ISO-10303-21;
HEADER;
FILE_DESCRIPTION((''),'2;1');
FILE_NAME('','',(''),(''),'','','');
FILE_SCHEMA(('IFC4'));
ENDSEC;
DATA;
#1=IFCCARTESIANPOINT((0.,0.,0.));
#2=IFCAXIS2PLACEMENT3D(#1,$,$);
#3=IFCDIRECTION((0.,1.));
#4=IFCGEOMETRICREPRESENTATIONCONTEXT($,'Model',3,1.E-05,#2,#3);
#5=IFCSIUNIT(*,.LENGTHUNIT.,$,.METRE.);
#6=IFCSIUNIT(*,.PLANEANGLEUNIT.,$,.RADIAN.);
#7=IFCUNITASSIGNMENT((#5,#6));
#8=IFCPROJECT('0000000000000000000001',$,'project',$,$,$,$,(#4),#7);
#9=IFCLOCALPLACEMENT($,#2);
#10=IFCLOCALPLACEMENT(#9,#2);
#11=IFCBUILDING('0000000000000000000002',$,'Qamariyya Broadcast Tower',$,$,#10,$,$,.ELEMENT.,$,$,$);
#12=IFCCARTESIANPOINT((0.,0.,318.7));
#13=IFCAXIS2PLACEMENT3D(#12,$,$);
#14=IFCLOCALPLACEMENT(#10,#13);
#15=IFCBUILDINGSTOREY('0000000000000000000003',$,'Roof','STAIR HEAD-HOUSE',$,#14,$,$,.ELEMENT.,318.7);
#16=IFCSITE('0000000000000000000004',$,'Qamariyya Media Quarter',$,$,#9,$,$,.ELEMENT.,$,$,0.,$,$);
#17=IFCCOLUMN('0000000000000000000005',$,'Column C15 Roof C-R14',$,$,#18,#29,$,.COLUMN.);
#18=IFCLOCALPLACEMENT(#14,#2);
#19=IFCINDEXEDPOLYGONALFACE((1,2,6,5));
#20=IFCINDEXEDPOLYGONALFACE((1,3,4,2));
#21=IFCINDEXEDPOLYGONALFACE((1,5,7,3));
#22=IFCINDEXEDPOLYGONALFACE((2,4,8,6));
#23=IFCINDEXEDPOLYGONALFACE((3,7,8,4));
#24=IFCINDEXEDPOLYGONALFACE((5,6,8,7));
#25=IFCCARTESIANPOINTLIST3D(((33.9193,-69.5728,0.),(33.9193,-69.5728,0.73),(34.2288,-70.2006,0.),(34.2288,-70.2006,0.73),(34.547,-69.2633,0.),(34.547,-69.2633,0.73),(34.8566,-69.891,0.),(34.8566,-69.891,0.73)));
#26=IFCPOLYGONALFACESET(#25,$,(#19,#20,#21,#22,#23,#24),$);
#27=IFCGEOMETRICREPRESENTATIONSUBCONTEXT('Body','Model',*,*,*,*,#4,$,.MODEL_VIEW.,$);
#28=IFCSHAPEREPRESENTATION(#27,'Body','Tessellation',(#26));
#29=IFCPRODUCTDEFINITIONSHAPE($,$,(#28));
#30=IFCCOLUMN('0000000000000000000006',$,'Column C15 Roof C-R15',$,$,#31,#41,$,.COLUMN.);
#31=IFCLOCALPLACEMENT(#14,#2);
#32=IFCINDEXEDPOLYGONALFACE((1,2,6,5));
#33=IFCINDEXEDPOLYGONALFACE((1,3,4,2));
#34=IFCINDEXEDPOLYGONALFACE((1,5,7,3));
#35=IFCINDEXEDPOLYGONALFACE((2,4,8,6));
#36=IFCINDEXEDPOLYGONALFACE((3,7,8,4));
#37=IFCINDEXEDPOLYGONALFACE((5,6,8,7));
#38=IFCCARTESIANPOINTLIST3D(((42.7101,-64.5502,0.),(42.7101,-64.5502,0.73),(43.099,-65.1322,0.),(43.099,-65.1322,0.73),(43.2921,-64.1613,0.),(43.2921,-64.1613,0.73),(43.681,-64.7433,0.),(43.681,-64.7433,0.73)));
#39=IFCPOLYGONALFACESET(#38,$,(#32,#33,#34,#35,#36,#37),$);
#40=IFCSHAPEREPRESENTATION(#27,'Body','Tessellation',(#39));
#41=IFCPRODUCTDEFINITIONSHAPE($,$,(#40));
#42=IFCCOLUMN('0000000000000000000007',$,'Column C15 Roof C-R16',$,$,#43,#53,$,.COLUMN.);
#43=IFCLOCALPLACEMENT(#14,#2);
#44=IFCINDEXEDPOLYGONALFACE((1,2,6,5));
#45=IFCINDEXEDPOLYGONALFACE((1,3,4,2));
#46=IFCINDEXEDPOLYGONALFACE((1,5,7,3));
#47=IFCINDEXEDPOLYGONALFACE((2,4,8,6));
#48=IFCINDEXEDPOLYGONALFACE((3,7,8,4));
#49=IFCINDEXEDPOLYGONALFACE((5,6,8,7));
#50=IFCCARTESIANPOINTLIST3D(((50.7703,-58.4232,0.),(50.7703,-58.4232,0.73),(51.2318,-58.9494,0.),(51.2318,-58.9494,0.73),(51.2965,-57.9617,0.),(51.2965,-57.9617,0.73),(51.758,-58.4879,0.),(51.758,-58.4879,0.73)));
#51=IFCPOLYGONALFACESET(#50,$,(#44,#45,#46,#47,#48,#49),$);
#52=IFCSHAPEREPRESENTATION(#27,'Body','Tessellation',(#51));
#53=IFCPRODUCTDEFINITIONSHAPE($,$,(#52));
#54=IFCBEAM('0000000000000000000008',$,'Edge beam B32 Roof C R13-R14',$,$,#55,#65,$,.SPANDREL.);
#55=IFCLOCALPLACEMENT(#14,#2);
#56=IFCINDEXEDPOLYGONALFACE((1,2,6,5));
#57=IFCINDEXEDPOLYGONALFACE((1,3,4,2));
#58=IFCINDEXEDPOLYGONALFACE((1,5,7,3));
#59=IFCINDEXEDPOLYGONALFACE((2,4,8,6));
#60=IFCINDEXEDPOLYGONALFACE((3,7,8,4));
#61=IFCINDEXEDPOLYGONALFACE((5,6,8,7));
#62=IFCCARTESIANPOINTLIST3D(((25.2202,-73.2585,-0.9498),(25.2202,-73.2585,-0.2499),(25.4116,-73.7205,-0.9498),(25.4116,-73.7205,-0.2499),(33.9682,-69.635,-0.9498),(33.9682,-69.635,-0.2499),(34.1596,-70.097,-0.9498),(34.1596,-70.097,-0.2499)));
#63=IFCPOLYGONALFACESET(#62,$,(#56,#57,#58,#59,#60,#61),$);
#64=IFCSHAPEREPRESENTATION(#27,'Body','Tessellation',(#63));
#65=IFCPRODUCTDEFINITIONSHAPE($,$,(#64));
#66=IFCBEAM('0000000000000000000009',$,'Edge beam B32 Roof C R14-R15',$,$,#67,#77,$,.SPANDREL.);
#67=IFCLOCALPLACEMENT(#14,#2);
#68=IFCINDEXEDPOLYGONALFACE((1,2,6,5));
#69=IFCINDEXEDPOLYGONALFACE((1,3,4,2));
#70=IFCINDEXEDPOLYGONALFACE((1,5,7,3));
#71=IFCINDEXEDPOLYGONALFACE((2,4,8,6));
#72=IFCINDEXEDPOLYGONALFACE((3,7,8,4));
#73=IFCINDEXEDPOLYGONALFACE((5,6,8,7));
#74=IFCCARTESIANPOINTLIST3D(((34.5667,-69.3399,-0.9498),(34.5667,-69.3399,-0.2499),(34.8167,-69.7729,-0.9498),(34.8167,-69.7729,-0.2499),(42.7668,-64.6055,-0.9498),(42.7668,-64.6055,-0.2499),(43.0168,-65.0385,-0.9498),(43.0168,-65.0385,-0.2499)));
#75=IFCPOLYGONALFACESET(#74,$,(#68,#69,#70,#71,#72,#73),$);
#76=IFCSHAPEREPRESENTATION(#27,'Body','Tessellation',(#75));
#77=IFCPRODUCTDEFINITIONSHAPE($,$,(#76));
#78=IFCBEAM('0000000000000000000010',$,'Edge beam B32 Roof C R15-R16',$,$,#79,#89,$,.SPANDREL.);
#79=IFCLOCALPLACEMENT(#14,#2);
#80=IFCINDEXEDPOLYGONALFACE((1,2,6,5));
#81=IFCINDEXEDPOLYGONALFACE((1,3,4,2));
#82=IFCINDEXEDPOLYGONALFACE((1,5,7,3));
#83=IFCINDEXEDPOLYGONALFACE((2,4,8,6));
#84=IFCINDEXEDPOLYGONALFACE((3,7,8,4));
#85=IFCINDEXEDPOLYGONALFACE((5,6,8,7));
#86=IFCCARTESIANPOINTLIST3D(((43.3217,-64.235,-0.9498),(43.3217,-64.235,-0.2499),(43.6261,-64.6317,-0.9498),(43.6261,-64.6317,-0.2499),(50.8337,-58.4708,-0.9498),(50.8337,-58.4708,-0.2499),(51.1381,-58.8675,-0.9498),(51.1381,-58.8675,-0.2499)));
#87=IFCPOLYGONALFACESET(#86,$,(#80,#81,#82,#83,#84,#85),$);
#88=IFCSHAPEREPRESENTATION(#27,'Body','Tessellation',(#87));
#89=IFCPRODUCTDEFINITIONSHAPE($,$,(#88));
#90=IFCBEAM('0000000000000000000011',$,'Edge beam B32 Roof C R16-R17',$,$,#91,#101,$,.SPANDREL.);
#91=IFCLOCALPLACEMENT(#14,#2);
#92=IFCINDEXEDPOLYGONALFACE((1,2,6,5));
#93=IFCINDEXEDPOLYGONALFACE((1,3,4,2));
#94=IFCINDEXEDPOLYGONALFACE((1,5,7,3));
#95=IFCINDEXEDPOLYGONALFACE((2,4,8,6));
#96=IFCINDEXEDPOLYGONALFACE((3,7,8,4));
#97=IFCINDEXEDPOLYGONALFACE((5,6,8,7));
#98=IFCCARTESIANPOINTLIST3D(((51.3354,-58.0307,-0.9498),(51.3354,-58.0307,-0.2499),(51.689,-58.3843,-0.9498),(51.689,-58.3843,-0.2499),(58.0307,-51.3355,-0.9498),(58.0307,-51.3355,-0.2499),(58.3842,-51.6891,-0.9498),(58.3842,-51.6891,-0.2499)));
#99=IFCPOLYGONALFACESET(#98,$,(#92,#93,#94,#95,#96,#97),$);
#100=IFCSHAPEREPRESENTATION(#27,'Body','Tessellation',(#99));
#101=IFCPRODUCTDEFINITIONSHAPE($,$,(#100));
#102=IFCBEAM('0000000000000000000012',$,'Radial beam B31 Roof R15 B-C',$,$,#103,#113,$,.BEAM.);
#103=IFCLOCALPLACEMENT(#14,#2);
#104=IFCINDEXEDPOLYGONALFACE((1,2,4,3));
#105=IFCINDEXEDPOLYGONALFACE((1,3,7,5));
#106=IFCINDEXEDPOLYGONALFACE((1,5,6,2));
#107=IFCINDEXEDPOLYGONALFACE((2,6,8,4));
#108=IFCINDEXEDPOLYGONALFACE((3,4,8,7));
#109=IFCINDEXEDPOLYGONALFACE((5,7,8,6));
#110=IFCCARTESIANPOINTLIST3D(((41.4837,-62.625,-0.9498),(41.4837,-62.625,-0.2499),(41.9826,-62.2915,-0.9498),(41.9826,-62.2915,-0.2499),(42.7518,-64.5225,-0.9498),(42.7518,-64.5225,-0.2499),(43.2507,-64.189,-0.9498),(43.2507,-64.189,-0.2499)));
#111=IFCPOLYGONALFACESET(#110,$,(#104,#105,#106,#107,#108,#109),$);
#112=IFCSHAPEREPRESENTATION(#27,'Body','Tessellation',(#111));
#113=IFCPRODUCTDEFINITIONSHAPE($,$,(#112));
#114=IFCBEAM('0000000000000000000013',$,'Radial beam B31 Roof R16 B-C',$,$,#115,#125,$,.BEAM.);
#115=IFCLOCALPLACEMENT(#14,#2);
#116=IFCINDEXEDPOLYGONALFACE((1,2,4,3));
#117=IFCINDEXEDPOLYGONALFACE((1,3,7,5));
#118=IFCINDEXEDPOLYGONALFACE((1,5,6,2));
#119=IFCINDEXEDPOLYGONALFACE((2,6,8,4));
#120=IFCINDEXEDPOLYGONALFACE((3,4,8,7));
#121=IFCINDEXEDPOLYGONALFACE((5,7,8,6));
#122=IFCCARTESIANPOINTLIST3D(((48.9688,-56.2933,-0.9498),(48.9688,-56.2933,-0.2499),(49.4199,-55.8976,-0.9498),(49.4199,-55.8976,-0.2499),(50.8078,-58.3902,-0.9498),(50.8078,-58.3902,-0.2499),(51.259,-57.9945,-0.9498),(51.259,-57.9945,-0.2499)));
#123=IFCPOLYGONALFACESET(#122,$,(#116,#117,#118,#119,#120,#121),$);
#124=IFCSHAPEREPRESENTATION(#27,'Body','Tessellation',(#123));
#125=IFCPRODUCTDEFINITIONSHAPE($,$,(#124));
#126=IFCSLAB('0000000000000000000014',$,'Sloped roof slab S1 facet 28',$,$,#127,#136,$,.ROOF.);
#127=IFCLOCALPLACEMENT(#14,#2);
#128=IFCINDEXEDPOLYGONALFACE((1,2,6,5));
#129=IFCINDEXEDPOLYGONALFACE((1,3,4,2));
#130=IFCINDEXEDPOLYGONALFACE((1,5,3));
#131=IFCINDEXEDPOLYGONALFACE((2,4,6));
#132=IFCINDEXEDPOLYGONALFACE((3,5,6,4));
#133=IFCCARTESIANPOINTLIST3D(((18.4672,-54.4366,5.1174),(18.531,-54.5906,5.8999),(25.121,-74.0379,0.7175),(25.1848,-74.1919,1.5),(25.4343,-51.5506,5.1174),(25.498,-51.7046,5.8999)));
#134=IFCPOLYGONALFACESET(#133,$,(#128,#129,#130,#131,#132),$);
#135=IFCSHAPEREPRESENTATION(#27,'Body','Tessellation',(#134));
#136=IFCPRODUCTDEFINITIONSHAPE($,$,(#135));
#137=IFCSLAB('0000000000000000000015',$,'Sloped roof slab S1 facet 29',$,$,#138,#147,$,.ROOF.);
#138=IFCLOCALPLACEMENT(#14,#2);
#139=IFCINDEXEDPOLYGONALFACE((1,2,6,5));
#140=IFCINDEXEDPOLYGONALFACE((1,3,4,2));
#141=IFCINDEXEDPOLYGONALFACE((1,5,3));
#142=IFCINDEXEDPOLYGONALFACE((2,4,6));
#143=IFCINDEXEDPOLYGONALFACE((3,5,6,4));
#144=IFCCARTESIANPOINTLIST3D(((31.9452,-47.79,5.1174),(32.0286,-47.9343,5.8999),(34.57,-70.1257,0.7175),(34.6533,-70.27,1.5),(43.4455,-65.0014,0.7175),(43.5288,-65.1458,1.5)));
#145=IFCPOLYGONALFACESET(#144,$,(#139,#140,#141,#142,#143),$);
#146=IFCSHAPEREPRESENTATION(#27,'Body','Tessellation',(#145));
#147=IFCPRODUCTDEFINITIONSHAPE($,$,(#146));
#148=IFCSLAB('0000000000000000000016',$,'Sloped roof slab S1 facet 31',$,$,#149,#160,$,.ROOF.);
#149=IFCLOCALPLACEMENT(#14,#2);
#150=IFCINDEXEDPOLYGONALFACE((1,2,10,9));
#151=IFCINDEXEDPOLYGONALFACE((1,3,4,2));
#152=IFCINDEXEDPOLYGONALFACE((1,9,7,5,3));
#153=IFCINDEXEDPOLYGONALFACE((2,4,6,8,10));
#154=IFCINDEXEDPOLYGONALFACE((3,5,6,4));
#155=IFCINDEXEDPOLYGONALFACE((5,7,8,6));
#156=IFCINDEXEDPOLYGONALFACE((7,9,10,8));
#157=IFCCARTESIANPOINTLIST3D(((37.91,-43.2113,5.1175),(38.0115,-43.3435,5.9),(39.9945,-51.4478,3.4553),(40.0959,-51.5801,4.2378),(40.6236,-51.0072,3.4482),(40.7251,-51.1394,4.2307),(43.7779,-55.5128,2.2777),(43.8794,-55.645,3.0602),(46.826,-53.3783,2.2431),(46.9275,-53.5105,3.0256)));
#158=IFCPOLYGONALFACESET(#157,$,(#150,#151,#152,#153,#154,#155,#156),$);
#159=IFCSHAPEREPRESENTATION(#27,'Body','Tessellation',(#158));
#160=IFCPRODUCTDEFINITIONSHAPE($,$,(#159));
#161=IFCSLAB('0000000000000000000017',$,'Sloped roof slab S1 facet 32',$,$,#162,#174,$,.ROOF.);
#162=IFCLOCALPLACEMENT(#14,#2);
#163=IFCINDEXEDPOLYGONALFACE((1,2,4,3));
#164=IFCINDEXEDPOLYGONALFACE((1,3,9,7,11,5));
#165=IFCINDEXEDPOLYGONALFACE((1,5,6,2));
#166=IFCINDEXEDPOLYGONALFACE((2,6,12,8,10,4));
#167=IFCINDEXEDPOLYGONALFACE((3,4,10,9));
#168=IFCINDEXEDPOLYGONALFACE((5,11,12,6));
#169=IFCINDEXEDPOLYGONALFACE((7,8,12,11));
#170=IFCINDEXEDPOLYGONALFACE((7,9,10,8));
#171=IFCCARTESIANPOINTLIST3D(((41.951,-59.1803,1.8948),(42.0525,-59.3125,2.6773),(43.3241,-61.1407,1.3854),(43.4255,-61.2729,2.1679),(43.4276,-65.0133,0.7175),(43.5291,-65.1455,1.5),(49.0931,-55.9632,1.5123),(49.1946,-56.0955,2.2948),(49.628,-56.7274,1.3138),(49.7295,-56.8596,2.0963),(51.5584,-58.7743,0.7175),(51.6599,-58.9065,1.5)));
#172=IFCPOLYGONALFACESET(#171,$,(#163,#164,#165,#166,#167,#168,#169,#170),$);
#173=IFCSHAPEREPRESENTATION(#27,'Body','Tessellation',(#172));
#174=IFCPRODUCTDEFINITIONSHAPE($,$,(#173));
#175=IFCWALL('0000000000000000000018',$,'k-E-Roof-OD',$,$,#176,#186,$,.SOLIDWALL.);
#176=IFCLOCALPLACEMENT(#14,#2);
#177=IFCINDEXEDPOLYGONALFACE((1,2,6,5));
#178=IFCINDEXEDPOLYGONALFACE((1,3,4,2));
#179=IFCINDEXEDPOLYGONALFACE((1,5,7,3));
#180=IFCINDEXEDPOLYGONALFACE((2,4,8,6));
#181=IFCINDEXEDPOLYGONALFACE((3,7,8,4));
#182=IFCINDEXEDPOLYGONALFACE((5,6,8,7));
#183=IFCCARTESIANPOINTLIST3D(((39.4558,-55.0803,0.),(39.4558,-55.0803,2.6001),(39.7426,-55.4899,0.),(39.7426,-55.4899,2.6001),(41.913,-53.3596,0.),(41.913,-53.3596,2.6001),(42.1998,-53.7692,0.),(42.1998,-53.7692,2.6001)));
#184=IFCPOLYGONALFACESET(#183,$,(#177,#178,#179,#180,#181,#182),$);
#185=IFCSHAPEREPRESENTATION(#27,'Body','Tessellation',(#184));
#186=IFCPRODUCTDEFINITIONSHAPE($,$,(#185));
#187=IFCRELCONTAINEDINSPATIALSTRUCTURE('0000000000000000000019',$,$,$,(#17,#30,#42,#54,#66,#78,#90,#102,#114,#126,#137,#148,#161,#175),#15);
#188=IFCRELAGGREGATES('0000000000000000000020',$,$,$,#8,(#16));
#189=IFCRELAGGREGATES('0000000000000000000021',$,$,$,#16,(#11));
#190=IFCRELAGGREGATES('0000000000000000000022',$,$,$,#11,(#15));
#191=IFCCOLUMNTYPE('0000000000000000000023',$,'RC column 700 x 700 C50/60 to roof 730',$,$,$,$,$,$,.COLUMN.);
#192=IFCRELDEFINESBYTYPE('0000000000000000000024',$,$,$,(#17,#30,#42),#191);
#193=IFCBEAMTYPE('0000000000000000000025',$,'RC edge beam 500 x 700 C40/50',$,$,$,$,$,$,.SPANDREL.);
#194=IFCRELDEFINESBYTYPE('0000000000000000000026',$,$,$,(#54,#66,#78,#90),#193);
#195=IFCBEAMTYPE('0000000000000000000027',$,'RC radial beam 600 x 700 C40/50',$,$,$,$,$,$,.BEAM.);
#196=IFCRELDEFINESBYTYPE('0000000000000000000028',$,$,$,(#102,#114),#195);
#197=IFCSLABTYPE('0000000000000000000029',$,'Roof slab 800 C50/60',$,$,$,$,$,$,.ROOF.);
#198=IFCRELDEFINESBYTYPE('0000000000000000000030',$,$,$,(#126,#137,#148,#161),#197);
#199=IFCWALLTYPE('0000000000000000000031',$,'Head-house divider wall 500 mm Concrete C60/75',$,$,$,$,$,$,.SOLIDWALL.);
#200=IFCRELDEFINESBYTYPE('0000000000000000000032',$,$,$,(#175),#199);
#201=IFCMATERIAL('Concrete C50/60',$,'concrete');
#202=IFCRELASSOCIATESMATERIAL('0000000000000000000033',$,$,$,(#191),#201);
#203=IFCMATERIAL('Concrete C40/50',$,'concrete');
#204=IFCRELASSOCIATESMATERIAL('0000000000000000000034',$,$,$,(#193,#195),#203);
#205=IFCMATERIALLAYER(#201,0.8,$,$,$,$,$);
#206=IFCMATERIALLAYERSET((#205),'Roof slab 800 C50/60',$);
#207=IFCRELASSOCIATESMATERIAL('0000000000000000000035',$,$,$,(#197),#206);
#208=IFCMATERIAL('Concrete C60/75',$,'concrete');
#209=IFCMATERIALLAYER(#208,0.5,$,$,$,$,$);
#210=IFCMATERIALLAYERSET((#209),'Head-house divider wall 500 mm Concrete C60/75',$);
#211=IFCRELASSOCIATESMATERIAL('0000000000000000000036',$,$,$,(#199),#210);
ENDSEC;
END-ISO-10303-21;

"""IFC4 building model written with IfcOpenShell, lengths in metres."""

from ifc_helpers import new_model, si_unit, direction, frame, frame_2d, origin, origin_2d, place, context, subcontext, project, spatial, polyline, rectangle, outline, extrude, material, layer, layer_set, material_profile, profile_set, type_object, element, save


model = new_model("IFC4")

# Units and contexts
model_context = context("Model", 3, precision=1e-05, world=origin(), true_north=direction((0.0, 1.0)))
body_context = subcontext(model_context, "Body", "Model", "MODEL_VIEW")
ifc_project = project(units=[si_unit("LENGTHUNIT", "METRE"), si_unit("PLANEANGLEUNIT", "RADIAN")], contexts=[model_context])

# Site, building, storey
site_placement = place(None, origin())
site = spatial("IfcSite", under=ifc_project, at=site_placement, Name="Qamariyya Media Quarter", CompositionType="ELEMENT", RefElevation=0.0)
building_placement = place(site_placement, origin())
building = spatial("IfcBuilding", under=site, at=building_placement, Name="Qamariyya Broadcast Tower", CompositionType="ELEMENT")
storey_placement = place(building_placement, frame((0.0, 0.0, 318.7)))
storey = spatial("IfcBuildingStorey", under=building, at=storey_placement, Name="Roof", Description="STAIR HEAD-HOUSE", CompositionType="ELEMENT", Elevation=318.7)

# Columns
ifc_material_1 = material(Name="Concrete C50/60", Category="concrete")
ifc_material_profile_1 = material_profile(ifc_material_1, rectangle(XDim=0.7, YDim=0.7, at=origin_2d()))
ifc_profile_set_1 = profile_set([ifc_material_profile_1], Name="Concrete C50/60")
column_type = type_object("IfcColumnType", Name="RC column 700 x 700 C50/60 to roof 730", PredefinedType="COLUMN", material=ifc_profile_set_1)
for number, where, z_axis, x_axis, name in (
    (1, (34.3879, -69.7319, 0.0), (0.0, 0.0, 1.0), (0.896873, 0.442289, 0.0), "Column C15 Roof C-R14"),
    (2, (43.1956, -64.6467, 0.0), (0.0, 0.0, 1.0), (0.83147, 0.55557, 0.0), "Column C15 Roof C-R15"),
    (3, (51.2642, -58.4556, 0.0), (0.0, 0.0, 1.0), (0.75184, 0.659346, 0.0), "Column C15 Roof C-R16"),
):
    element("IfcColumn", number, at=place(storey_placement, frame(where, z_axis=z_axis, x_axis=x_axis)), inside=storey, type_object=column_type, Name=name, PredefinedType="COLUMN", context=body_context, shape_type="SweptSolid", body=[
        extrude(rectangle(XDim=0.7, YDim=0.7, at=origin_2d()), origin(), (0.0, 0.0, 1.0), 0.73),
    ])

# Beams
ifc_material_2 = material(Name="Concrete C40/50", Category="concrete")
ifc_material_profile_2 = material_profile(ifc_material_2, rectangle(XDim=0.5, YDim=0.7, at=origin_2d()))
ifc_profile_set_2 = profile_set([ifc_material_profile_2], Name="Concrete C40/50")
beam_type_1 = type_object("IfcBeamType", Name="RC edge beam 500 x 700 C40/50", PredefinedType="SPANDREL", material=ifc_profile_set_2)
for number, where, z_axis, x_axis, name in (
    (4, (25.3159, -73.4895, -0.5999), (0.92388, 0.382681, 0.0), (-0.382681, 0.92388, 0.0), "Edge beam B32 Roof C R13-R14"),
    (5, (34.6917, -69.5564, -0.5999), (0.866026, 0.499999, 0.0), (-0.499999, 0.866026, 0.0), "Edge beam B32 Roof C R14-R15"),
    (6, (43.4739, -64.4333, -0.5999), (0.793352, 0.608763, 0.0), (-0.608763, 0.793352, 0.0), "Edge beam B32 Roof C R15-R16"),
):
    element("IfcBeam", number, at=place(storey_placement, frame(where, z_axis=z_axis, x_axis=x_axis)), inside=storey, type_object=beam_type_1, Name=name, PredefinedType="SPANDREL", context=body_context, shape_type="SweptSolid", body=[
        extrude(rectangle(XDim=0.5, YDim=0.7, at=origin_2d()), origin(), (0.0, 0.0, 1.0), 9.4688),
    ])
beam_1_placement = place(storey_placement, frame((51.5122, -58.2075, -0.5999), z_axis=(0.707107, 0.707107, 0.0), x_axis=(-0.707107, 0.707107, 0.0)))
element("IfcBeam", 7, at=beam_1_placement, inside=storey, type_object=beam_type_1, Name="Edge beam B32 Roof C R16-R17", PredefinedType="SPANDREL", context=body_context, shape_type="SweptSolid", body=[
    extrude(rectangle(XDim=0.5, YDim=0.7, at=origin_2d()), origin(), (0.0, 0.0, 1.0), 9.4685),
])
ifc_material_profile_3 = material_profile(ifc_material_2, rectangle(XDim=0.6001, YDim=0.7, at=origin_2d()))
ifc_profile_set_3 = profile_set([ifc_material_profile_3], Name="Concrete C40/50")
beam_type_2 = type_object("IfcBeamType", Name="RC radial beam 600 x 700 C40/50", PredefinedType="BEAM", material=ifc_profile_set_3)
beam_2_placement = place(storey_placement, frame((41.7332, -62.4583, -0.5999), z_axis=(0.555638, -0.831424, 0.0), x_axis=(0.831424, 0.555638, 0.0)))
element("IfcBeam", 8, at=beam_2_placement, inside=storey, type_object=beam_type_2, Name="Radial beam B31 Roof R15 B-C", PredefinedType="BEAM", context=body_context, shape_type="SweptSolid", body=[
    extrude(rectangle(XDim=0.6001, YDim=0.7, at=origin_2d()), origin(), (0.0, 0.0, 1.0), 2.2822),
])
beam_3_placement = place(storey_placement, frame((49.1943, -56.0955, -0.5999), z_axis=(0.659378, -0.751812, 0.0), x_axis=(0.751812, 0.659378, 0.0)))
element("IfcBeam", 9, at=beam_3_placement, inside=storey, type_object=beam_type_2, Name="Radial beam B31 Roof R16 B-C", PredefinedType="BEAM", context=body_context, shape_type="SweptSolid", body=[
    extrude(rectangle(XDim=0.6001, YDim=0.7, at=origin_2d()), origin(), (0.0, 0.0, 1.0), 2.7891),
])

# Slabs
ifc_layer_1 = layer(ifc_material_1, 0.8)
ifc_layer_set_1 = layer_set([ifc_layer_1], Name="Roof slab 800 C50/60")
slab_type = type_object("IfcSlabType", Name="Roof slab 800 C50/60", PredefinedType="ROOF", material=ifc_layer_set_1)
slab_1_placement = place(storey_placement, frame((25.1848, -74.1919, 1.5), z_axis=(0.079731, -0.192479, 0.978057), x_axis=(0.013669, 0.981299, 0.192003)))
element("IfcSlab", 10, at=slab_1_placement, inside=storey, type_object=slab_type, Name="Sloped roof slab S1 facet 28", PredefinedType="ROOF", context=body_context, shape_type="SweptSolid", body=[
    extrude(outline(polyline([(0.0, 0.0), (22.9158, 0.0), (19.9886, 6.9498), (0.0, 0.0)])), origin(), (0.0, 0.0, -1.0), 0.8),
])
slab_2_placement = place(storey_placement, frame((34.6533, -70.27, 1.5), z_axis=(0.104169, -0.180426, 0.978057), x_axis=(0.866025, 0.5, 0.0)))
element("IfcSlab", 11, at=slab_2_placement, inside=storey, type_object=slab_type, Name="Sloped roof slab S1 facet 29", PredefinedType="ROOF", context=body_context, shape_type="SweptSolid", body=[
    extrude(outline(polyline([(0.0, 0.0), (10.2485, 0.0), (8.8947, 21.1191), (0.0, 0.0)])), origin(), (0.0, 0.0, -1.0), 0.8),
])
slab_3_placement = place(storey_placement, frame((46.9275, -53.5105, 3.0256), z_axis=(0.126838, -0.165282, 0.978056), x_axis=(-0.644929, 0.735417, 0.207915)))
element("IfcSlab", 12, at=slab_3_placement, inside=storey, type_object=slab_type, Name="Sloped roof slab S1 facet 31", PredefinedType="ROOF", context=body_context, shape_type="SweptSolid", body=[
    extrude(outline(polyline([(0.0, 0.0), (13.8248, 0.0), (6.0775, 3.8638), (5.9944, 3.1002), (0.4032, 3.6994), (0.0, 0.0)])), origin(), (0.0, 0.0, -1.0), 0.8),
])
slab_4_placement = place(storey_placement, frame((43.5291, -65.1455, 1.5), z_axis=(0.126832, -0.165293, 0.978055), x_axis=(0.793354, 0.60876, 0.000001)))
element("IfcSlab", 13, at=slab_4_placement, inside=storey, type_object=slab_type, Name="Sloped roof slab S1 facet 32", PredefinedType="ROOF", context=body_context, shape_type="SweptSolid", body=[
    extrude(outline(polyline([(0.0, 0.0), (10.2487, 0.0), (10.0041, 3.8146), (9.9633, 2.8618), (2.2753, 3.2057), (2.3795, 5.6505), (0.0, 0.0)])), origin(), (0.0, 0.0, -1.0), 0.8),
])

# Wall
ifc_material_3 = material(Name="Concrete C60/75", Category="concrete")
ifc_layer_2 = layer(ifc_material_3, 0.5)
ifc_layer_set_2 = layer_set([ifc_layer_2], Name="Head-house divider wall 500 mm Concrete C60/75")
wall_type_1 = type_object("IfcWallType", Name="Head-house divider wall 500 mm Concrete C60/75", PredefinedType="SOLIDWALL", material=ifc_layer_set_2)
wall_1_placement = place(storey_placement, frame((39.5991, -55.2852, 0.0), z_axis=(0.0, 0.0, 1.0), x_axis=(0.819136, 0.573599, 0.0)))
element("IfcWall", 14, at=wall_1_placement, inside=storey, type_object=wall_type_1, Name="k-E-Roof-OD", PredefinedType="SOLIDWALL", context=body_context, shape_type="SweptSolid", body=[
    extrude(rectangle(XDim=2.9998, YDim=0.5, at=frame_2d((1.5, 0.0))), origin(), (0.0, 0.0, 1.0), 2.6001),
])

save(model, "model.ifc")
